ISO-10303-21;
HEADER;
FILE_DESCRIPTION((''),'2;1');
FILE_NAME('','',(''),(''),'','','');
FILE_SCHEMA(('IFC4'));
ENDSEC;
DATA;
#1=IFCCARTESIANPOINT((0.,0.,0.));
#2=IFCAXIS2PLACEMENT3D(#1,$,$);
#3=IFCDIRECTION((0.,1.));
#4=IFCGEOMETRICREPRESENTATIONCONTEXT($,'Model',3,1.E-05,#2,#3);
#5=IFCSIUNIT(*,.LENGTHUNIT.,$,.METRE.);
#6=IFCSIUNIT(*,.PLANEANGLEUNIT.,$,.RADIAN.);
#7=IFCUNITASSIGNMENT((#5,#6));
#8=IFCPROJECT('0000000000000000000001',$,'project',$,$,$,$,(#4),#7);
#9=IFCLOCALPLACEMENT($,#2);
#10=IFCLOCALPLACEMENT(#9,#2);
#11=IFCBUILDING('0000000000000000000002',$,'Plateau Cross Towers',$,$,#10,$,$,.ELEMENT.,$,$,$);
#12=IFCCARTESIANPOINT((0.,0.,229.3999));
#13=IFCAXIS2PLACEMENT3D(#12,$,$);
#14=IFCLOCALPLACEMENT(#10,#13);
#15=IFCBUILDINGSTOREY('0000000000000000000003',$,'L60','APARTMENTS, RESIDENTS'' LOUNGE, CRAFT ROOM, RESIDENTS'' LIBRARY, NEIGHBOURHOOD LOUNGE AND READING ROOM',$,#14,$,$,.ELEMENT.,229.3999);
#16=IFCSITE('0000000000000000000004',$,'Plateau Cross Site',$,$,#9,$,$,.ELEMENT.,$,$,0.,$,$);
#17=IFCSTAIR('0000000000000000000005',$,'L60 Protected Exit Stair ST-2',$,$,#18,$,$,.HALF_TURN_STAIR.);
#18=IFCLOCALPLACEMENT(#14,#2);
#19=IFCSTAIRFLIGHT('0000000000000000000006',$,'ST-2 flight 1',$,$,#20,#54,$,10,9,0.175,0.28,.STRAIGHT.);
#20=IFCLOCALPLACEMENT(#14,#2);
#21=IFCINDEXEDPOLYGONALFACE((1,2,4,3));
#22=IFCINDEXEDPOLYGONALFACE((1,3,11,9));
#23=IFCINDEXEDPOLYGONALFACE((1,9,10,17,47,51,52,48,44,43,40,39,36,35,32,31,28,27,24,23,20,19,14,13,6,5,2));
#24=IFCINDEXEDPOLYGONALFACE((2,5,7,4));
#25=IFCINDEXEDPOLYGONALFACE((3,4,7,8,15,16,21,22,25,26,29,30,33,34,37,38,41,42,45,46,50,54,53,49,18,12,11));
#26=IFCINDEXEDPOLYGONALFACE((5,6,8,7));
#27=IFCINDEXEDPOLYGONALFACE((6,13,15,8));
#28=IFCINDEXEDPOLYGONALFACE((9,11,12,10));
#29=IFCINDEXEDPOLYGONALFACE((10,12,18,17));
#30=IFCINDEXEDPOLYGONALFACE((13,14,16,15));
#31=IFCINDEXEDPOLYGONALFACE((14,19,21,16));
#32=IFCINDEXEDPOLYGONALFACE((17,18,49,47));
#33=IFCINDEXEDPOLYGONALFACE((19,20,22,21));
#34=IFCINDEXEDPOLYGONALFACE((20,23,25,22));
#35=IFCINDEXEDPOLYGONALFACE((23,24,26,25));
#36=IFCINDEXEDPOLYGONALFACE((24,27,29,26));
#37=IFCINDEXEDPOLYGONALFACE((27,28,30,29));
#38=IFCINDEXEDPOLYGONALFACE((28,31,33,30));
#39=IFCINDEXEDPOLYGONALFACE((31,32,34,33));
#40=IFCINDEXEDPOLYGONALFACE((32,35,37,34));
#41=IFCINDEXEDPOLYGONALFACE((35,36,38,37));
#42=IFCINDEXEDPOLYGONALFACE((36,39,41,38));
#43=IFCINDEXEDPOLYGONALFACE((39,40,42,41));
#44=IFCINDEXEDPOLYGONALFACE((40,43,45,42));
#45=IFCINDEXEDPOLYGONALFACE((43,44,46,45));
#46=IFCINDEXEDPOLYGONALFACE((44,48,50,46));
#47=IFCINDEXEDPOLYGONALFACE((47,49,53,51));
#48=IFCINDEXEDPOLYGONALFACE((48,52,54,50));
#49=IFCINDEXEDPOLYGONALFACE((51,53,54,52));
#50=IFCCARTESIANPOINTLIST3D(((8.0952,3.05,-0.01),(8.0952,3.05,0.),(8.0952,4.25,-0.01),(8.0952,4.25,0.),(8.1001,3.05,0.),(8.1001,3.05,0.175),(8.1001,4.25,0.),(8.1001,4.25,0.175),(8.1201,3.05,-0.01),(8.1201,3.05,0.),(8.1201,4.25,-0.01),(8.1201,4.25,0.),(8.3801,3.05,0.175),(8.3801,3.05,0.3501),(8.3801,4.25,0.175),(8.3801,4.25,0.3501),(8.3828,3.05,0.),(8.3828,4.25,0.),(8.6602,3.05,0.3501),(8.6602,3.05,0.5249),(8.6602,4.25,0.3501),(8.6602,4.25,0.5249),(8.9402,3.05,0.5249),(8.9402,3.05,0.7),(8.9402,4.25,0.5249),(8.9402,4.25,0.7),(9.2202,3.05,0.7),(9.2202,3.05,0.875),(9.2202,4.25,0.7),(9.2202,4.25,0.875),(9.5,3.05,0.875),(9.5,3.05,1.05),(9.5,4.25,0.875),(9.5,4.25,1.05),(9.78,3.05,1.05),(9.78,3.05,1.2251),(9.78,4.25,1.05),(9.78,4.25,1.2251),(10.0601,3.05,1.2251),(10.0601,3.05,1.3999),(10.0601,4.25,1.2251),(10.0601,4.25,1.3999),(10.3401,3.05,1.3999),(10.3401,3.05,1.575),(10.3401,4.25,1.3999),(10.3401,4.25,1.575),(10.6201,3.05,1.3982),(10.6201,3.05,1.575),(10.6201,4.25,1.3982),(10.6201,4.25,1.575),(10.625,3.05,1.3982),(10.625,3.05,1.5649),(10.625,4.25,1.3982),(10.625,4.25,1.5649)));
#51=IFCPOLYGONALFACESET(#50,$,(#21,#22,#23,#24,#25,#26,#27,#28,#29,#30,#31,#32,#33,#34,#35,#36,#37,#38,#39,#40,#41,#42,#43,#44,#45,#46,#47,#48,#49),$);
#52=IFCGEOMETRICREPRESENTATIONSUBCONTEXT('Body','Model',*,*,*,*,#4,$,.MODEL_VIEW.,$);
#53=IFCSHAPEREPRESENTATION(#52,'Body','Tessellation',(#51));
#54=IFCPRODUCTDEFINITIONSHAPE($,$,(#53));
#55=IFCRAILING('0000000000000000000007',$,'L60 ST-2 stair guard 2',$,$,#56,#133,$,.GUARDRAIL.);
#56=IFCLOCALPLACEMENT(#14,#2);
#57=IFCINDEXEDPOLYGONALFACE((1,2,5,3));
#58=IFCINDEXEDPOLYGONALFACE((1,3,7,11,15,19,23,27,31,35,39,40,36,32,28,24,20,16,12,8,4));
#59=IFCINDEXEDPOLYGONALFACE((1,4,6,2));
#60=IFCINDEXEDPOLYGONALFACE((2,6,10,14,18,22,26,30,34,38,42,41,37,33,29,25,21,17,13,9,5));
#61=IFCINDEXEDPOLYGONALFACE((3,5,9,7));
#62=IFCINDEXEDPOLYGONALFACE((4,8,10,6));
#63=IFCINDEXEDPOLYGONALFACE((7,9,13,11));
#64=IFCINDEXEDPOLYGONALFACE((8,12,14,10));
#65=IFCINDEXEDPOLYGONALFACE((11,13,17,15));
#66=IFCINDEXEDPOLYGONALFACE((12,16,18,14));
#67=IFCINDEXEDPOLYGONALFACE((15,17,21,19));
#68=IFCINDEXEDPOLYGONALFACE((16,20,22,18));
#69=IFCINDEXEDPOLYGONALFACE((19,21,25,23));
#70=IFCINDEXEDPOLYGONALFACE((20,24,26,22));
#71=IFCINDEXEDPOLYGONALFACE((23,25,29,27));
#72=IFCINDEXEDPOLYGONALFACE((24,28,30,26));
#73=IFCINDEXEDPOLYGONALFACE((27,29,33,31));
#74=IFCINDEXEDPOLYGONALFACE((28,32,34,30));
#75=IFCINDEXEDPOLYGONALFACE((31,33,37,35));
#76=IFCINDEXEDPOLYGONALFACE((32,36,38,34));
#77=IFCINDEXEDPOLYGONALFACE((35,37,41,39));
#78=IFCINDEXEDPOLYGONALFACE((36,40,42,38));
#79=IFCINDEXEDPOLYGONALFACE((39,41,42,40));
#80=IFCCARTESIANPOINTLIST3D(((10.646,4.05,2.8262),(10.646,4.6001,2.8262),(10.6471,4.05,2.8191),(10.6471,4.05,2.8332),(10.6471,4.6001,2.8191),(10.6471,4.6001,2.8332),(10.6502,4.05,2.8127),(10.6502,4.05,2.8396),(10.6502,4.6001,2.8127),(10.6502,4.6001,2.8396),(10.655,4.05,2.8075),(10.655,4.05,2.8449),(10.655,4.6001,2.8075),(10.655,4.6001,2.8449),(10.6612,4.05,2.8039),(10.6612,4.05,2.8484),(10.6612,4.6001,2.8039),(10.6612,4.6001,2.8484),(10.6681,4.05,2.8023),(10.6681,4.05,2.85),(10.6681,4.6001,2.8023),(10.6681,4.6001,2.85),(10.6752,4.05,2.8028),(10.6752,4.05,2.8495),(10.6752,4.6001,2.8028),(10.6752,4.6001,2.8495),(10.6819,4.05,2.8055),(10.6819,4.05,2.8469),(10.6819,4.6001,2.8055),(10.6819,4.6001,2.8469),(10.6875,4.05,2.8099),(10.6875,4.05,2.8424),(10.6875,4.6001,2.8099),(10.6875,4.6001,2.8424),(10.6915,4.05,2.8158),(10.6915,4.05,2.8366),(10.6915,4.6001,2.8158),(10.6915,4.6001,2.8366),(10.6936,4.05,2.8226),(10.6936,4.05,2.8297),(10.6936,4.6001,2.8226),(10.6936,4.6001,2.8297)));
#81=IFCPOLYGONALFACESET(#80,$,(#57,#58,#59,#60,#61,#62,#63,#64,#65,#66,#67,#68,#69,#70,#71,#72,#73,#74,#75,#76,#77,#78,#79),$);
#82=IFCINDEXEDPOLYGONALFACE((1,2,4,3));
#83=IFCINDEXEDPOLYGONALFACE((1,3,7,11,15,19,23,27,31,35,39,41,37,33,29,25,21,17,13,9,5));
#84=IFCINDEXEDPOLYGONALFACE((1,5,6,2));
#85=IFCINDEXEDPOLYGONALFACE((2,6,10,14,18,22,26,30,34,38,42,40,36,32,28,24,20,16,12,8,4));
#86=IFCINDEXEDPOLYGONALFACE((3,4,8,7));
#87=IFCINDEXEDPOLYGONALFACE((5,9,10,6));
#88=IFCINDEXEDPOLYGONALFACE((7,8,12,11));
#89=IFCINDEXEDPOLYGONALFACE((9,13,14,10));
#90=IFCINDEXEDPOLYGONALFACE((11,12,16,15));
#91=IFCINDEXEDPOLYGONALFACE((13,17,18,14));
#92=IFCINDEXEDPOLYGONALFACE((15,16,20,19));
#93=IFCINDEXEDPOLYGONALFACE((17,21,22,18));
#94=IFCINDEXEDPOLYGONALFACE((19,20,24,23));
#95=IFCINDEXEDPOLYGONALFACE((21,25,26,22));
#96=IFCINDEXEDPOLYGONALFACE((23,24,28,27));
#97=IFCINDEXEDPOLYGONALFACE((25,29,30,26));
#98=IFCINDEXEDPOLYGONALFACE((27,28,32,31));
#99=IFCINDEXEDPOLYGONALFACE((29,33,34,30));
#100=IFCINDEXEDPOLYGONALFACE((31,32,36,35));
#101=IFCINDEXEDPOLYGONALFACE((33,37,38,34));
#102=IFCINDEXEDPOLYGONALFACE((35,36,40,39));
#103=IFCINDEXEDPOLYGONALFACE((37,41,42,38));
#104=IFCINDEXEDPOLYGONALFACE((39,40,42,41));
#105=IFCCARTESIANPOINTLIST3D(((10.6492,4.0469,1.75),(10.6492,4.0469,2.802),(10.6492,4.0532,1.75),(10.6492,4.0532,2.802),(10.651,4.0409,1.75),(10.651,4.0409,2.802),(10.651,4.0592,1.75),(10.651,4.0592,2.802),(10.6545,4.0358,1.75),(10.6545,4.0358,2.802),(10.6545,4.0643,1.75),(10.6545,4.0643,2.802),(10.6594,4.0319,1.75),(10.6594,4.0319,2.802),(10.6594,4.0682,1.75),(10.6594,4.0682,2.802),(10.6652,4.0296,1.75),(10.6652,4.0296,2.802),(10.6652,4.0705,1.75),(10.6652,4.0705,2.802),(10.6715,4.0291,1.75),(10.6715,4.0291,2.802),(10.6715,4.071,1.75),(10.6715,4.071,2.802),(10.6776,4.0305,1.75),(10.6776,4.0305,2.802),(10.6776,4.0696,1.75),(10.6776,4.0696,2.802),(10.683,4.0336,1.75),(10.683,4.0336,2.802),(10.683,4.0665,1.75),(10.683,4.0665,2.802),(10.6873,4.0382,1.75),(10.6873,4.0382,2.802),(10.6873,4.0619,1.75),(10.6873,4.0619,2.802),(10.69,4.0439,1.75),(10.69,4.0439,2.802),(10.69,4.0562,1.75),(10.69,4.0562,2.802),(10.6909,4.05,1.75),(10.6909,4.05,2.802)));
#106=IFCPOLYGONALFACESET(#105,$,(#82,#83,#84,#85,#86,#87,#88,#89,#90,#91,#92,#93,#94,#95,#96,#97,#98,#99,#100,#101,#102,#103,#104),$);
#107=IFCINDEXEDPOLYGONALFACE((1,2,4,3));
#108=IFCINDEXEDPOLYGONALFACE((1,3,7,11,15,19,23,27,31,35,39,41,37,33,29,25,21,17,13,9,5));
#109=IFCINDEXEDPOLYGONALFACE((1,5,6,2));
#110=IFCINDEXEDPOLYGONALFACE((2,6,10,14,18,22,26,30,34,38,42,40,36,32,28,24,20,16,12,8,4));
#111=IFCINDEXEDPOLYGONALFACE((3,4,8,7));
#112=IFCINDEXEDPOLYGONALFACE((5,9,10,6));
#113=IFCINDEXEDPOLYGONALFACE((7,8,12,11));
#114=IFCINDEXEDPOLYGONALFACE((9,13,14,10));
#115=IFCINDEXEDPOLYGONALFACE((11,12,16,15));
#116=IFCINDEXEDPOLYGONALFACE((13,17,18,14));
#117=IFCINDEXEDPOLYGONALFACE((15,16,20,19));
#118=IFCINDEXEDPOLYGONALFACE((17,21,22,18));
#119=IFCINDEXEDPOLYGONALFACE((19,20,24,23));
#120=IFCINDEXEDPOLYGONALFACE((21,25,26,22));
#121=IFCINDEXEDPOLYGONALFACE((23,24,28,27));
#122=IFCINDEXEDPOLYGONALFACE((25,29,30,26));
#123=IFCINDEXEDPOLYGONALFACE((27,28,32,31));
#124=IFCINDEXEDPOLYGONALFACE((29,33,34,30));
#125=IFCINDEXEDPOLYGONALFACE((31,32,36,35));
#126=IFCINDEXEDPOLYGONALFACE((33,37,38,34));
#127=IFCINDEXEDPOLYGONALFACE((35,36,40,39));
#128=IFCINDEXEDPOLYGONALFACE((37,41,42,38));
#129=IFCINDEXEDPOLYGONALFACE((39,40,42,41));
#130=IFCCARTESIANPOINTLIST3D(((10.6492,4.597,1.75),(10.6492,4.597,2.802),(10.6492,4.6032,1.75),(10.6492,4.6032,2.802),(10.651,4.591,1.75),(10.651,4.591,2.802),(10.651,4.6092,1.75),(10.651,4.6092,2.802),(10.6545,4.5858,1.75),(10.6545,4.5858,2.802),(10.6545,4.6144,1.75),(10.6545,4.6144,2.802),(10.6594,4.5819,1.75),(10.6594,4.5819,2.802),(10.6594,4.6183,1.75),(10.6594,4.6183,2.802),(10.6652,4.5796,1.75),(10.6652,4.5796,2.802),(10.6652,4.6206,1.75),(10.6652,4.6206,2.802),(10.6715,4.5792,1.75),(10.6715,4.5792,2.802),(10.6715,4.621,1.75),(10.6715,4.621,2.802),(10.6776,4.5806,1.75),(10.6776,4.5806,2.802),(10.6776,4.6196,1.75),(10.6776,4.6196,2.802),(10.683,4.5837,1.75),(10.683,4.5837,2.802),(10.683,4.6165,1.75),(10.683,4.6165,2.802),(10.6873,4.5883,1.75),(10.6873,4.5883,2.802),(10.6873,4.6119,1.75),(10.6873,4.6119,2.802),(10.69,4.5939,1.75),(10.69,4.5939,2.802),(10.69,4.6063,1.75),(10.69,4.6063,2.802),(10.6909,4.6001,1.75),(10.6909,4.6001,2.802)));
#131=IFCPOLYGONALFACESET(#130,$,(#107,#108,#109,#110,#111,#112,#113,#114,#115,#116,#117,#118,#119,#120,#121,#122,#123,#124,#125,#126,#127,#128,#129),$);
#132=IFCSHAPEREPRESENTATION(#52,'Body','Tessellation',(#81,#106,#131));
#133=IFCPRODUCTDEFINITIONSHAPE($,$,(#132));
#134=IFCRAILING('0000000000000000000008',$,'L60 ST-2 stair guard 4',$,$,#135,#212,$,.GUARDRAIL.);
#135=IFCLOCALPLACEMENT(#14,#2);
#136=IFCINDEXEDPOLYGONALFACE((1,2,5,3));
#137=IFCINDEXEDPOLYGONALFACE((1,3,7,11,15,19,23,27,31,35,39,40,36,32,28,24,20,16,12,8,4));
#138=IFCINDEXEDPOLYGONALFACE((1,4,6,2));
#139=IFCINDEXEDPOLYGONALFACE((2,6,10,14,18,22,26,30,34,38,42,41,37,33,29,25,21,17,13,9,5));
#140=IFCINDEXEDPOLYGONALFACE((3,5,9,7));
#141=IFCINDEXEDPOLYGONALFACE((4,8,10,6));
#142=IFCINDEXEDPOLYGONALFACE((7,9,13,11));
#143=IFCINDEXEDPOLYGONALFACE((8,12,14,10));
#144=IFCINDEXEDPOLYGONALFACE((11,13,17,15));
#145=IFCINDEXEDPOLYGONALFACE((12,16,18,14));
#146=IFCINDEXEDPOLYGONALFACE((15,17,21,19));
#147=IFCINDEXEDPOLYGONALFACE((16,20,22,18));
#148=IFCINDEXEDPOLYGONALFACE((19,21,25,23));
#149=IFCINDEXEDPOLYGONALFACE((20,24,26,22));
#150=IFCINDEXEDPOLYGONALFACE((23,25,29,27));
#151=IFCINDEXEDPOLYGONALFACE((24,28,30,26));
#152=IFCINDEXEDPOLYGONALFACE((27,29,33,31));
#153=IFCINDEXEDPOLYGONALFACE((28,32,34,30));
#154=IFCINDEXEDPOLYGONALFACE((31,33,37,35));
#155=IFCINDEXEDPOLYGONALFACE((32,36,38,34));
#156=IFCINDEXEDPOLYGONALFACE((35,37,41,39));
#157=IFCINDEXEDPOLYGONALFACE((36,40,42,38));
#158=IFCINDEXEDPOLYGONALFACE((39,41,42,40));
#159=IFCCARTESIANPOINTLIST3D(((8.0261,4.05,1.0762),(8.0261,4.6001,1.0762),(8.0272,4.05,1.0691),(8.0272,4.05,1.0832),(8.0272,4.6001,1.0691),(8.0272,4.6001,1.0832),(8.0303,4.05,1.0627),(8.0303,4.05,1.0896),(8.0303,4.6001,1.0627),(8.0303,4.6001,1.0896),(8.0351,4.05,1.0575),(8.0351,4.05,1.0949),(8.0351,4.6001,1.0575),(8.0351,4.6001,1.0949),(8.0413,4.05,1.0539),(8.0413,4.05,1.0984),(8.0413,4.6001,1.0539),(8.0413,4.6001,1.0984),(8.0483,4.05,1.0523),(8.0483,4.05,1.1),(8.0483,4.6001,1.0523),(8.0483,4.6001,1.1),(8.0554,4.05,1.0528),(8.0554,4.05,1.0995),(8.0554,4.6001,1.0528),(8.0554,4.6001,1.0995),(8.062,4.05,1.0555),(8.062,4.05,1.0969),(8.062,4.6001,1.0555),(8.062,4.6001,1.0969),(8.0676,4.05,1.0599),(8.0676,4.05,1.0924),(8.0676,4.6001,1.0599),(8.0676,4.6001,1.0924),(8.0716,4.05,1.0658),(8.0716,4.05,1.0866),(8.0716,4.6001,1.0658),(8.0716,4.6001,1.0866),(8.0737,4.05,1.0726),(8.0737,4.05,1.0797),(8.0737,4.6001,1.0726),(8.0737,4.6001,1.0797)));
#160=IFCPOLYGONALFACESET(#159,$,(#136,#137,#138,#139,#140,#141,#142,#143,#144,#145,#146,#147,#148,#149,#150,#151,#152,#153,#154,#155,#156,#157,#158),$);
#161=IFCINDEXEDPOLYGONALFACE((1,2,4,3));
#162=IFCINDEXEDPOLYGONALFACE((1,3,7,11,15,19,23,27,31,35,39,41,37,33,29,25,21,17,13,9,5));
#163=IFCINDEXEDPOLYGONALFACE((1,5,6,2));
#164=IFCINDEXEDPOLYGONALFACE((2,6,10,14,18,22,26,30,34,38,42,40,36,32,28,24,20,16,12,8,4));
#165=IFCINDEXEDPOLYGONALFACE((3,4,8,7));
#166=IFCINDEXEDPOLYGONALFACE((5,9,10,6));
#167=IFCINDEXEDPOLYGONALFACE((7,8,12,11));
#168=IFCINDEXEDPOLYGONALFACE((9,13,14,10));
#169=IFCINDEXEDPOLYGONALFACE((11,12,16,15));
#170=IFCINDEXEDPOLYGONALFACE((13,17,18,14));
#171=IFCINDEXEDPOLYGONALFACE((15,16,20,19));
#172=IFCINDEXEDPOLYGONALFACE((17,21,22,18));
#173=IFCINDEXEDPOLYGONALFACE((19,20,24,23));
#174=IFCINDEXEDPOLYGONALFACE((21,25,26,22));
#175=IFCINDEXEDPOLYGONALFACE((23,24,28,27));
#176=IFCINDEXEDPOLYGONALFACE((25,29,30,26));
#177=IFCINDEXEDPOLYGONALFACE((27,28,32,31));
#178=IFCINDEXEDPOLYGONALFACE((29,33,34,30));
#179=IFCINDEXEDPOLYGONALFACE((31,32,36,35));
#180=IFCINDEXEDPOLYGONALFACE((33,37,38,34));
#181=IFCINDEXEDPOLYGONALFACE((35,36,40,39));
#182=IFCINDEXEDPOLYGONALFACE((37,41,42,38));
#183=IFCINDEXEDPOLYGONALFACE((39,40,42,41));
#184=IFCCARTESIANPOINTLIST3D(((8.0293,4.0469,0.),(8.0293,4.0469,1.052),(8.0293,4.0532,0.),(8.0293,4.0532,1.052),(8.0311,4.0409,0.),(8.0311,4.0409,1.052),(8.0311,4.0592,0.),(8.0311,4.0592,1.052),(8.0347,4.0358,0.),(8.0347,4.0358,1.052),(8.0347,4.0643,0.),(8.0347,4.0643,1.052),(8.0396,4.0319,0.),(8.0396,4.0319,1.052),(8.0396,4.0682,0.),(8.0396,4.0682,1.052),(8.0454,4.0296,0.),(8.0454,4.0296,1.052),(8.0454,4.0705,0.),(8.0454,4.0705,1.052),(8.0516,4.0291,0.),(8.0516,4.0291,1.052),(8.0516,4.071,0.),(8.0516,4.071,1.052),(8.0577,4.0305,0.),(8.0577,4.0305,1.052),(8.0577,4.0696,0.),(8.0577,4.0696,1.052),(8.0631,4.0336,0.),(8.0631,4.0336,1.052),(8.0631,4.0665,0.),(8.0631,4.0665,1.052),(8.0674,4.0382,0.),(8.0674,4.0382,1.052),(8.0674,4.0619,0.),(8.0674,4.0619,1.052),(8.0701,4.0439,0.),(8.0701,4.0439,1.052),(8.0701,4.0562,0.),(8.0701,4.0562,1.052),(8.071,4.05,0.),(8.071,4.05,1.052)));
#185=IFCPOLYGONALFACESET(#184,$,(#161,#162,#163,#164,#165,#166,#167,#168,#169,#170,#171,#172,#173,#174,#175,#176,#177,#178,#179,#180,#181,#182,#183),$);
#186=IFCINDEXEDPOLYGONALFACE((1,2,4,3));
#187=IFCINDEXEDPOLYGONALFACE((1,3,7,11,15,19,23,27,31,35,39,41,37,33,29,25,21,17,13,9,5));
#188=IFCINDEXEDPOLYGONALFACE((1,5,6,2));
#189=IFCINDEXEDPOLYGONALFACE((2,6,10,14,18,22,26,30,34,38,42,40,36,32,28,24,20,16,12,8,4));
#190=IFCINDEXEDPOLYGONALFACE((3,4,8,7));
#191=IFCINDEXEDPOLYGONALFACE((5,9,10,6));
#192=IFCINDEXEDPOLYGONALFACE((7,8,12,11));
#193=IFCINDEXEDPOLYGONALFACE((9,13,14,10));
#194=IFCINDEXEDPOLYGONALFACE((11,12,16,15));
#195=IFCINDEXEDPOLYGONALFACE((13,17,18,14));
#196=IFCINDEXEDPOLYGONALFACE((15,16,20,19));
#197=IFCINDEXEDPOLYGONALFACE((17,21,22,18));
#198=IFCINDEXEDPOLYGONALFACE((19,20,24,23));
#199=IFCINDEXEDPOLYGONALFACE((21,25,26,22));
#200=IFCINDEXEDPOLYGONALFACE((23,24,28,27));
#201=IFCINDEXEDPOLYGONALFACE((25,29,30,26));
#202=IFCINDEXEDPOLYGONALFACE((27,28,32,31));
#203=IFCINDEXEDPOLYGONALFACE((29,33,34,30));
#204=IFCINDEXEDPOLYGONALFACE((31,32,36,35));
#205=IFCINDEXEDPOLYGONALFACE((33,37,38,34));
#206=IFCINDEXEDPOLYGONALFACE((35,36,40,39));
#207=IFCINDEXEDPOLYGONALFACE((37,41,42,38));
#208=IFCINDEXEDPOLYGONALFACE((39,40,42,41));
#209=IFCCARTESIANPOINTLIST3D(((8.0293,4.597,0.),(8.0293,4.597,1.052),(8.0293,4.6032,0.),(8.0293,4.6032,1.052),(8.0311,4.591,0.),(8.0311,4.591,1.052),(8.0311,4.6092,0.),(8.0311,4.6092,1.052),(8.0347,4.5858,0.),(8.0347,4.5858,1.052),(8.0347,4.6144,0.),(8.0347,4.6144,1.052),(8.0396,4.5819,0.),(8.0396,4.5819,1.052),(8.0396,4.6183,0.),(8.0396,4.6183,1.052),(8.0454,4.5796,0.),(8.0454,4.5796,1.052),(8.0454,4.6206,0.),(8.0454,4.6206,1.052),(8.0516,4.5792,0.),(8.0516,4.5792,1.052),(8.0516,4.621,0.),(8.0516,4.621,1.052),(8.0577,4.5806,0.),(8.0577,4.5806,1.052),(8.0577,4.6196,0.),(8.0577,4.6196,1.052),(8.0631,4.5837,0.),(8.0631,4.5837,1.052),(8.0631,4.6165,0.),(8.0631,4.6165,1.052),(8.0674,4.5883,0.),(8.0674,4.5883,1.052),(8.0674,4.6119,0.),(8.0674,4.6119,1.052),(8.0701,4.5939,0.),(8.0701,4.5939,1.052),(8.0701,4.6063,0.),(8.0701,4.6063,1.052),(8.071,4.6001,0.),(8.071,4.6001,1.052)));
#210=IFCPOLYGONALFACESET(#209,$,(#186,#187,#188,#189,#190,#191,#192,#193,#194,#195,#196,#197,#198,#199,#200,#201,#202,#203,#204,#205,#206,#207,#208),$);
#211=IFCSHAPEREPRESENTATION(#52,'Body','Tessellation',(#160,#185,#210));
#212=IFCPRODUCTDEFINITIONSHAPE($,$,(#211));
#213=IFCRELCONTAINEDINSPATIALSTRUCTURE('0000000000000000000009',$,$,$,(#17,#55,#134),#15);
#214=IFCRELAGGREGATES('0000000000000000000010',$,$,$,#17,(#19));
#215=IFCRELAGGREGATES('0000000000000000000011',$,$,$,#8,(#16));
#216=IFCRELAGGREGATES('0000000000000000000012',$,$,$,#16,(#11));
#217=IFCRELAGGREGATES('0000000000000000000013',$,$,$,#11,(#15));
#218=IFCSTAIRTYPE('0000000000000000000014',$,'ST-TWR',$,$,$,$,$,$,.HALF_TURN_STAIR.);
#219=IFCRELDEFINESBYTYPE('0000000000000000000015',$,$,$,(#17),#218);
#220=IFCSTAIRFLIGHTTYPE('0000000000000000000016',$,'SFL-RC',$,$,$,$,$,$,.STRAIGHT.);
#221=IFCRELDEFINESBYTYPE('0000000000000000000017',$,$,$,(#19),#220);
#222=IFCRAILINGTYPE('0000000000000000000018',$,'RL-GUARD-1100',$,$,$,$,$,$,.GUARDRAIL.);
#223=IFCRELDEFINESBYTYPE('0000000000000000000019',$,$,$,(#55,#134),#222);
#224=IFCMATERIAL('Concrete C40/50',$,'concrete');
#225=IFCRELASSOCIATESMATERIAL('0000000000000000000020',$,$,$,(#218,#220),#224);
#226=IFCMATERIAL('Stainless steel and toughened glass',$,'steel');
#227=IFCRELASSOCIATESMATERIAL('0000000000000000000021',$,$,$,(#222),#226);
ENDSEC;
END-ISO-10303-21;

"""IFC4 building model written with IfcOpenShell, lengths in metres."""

from ifc_helpers import new_model, si_unit, direction, frame, origin, origin_2d, place, context, subcontext, project, spatial, polyline, circle, outline, extrude, material, type_object, element, aggregate, save


model = new_model("IFC4")

# Units and contexts
model_context = context("Model", 3, precision=1e-05, world=origin(), true_north=direction((0.0, 1.0)))
body_context = subcontext(model_context, "Body", "Model", "MODEL_VIEW")
ifc_project = project(units=[si_unit("LENGTHUNIT", "METRE"), si_unit("PLANEANGLEUNIT", "RADIAN")], contexts=[model_context])

# Site, building, storey
site_placement = place(None, origin())
site = spatial("IfcSite", under=ifc_project, at=site_placement, Name="Plateau Cross Site", CompositionType="ELEMENT", RefElevation=0.0)
building_placement = place(site_placement, origin())
building = spatial("IfcBuilding", under=site, at=building_placement, Name="Plateau Cross Towers", CompositionType="ELEMENT")
storey_placement = place(building_placement, frame((0.0, 0.0, 229.3999)))
storey = spatial("IfcBuildingStorey", under=building, at=storey_placement, Name="L60", Description="APARTMENTS, RESIDENTS' LOUNGE, CRAFT ROOM, RESIDENTS' LIBRARY, NEIGHBOURHOOD LOUNGE AND READING ROOM", CompositionType="ELEMENT", Elevation=229.3999)

# Stair, stair flight
ifc_material_1 = material(Name="Concrete C40/50", Category="concrete")
stair_type = type_object("IfcStairType", Name="ST-TWR", PredefinedType="HALF_TURN_STAIR", material=ifc_material_1)
stair_placement = place(storey_placement, origin())
stair = element("IfcStair", 1, at=stair_placement, inside=storey, type_object=stair_type, Name="L60 Protected Exit Stair ST-2", PredefinedType="HALF_TURN_STAIR")
stair_flight_type = type_object("IfcStairFlightType", Name="SFL-RC", PredefinedType="STRAIGHT", material=ifc_material_1)
stair_flight_placement = place(storey_placement, frame((8.1001, 3.6499, 0.0), z_axis=(0.0, 0.0, 1.0), x_axis=(1.0, 0.0, 0.0)))
stair_flight = element("IfcStairFlight", 2, at=stair_flight_placement, type_object=stair_flight_type, Name="ST-2 flight 1", NumberOfRisers=10, NumberOfTreads=9, PredefinedType="STRAIGHT", RiserHeight=0.175, TreadLength=0.28, context=body_context, shape_type="SweptSolid", body=[
    extrude(outline(polyline([(-0.0049, -0.01), (-0.0049, 0.0), (0.0, 0.0), (0.0, 0.175), (0.28, 0.175), (0.28, 0.3501), (0.5601, 0.3501), (0.5601, 0.5249), (0.8401, 0.5249), (0.8401, 0.7), (1.1201, 0.7), (1.1201, 0.875), (1.3999, 0.875), (1.3999, 1.05), (1.6799, 1.05), (1.6799, 1.2251), (1.96, 1.2251), (1.96, 1.3999), (2.24, 1.3999), (2.24, 1.575), (2.52, 1.575), (2.5249, 1.5649), (2.5249, 1.3982), (2.52, 1.3982), (0.2827, 0.0), (0.02, 0.0), (0.02, -0.01), (-0.0049, -0.01)])), frame((0.0, 0.6001, 0.0), z_axis=(0.0, -1.0, 0.0), x_axis=(1.0, 0.0, 0.0)), (0.0, 0.0, 1.0), 1.2),
])
aggregate(stair, [stair_flight])

# Railings
ifc_material_2 = material(Name="Stainless steel and toughened glass", Category="steel")
railing_type_1 = type_object("IfcRailingType", Name="RL-GUARD-1100", PredefinedType="GUARDRAIL", material=ifc_material_2)
for number, where, name in (
    (3, (10.6699, 4.05, 1.75), "L60 ST-2 stair guard 2"),
    (4, (8.05, 4.05, 0.0), "L60 ST-2 stair guard 4"),
):
    element("IfcRailing", number, at=place(storey_placement, frame(where)), inside=storey, type_object=railing_type_1, Name=name, PredefinedType="GUARDRAIL", context=body_context, shape_type="SweptSolid", body=[
        extrude(circle(Radius=0.0239, at=origin_2d()), frame((0.0, 0.0, 1.0762), z_axis=(0.0, 1.0, 0.0), x_axis=(-1.0, 0.0, 0.0)), (0.0, 0.0, 1.0), 0.55),
        extrude(circle(Radius=0.021, at=origin_2d()), origin(), (0.0, 0.0, 1.0), 1.052),
        extrude(circle(Radius=0.021, at=origin_2d()), frame((0.0, 0.55, 0.0)), (0.0, 0.0, 1.0), 1.052),
    ])

save(model, "model.ifc")
